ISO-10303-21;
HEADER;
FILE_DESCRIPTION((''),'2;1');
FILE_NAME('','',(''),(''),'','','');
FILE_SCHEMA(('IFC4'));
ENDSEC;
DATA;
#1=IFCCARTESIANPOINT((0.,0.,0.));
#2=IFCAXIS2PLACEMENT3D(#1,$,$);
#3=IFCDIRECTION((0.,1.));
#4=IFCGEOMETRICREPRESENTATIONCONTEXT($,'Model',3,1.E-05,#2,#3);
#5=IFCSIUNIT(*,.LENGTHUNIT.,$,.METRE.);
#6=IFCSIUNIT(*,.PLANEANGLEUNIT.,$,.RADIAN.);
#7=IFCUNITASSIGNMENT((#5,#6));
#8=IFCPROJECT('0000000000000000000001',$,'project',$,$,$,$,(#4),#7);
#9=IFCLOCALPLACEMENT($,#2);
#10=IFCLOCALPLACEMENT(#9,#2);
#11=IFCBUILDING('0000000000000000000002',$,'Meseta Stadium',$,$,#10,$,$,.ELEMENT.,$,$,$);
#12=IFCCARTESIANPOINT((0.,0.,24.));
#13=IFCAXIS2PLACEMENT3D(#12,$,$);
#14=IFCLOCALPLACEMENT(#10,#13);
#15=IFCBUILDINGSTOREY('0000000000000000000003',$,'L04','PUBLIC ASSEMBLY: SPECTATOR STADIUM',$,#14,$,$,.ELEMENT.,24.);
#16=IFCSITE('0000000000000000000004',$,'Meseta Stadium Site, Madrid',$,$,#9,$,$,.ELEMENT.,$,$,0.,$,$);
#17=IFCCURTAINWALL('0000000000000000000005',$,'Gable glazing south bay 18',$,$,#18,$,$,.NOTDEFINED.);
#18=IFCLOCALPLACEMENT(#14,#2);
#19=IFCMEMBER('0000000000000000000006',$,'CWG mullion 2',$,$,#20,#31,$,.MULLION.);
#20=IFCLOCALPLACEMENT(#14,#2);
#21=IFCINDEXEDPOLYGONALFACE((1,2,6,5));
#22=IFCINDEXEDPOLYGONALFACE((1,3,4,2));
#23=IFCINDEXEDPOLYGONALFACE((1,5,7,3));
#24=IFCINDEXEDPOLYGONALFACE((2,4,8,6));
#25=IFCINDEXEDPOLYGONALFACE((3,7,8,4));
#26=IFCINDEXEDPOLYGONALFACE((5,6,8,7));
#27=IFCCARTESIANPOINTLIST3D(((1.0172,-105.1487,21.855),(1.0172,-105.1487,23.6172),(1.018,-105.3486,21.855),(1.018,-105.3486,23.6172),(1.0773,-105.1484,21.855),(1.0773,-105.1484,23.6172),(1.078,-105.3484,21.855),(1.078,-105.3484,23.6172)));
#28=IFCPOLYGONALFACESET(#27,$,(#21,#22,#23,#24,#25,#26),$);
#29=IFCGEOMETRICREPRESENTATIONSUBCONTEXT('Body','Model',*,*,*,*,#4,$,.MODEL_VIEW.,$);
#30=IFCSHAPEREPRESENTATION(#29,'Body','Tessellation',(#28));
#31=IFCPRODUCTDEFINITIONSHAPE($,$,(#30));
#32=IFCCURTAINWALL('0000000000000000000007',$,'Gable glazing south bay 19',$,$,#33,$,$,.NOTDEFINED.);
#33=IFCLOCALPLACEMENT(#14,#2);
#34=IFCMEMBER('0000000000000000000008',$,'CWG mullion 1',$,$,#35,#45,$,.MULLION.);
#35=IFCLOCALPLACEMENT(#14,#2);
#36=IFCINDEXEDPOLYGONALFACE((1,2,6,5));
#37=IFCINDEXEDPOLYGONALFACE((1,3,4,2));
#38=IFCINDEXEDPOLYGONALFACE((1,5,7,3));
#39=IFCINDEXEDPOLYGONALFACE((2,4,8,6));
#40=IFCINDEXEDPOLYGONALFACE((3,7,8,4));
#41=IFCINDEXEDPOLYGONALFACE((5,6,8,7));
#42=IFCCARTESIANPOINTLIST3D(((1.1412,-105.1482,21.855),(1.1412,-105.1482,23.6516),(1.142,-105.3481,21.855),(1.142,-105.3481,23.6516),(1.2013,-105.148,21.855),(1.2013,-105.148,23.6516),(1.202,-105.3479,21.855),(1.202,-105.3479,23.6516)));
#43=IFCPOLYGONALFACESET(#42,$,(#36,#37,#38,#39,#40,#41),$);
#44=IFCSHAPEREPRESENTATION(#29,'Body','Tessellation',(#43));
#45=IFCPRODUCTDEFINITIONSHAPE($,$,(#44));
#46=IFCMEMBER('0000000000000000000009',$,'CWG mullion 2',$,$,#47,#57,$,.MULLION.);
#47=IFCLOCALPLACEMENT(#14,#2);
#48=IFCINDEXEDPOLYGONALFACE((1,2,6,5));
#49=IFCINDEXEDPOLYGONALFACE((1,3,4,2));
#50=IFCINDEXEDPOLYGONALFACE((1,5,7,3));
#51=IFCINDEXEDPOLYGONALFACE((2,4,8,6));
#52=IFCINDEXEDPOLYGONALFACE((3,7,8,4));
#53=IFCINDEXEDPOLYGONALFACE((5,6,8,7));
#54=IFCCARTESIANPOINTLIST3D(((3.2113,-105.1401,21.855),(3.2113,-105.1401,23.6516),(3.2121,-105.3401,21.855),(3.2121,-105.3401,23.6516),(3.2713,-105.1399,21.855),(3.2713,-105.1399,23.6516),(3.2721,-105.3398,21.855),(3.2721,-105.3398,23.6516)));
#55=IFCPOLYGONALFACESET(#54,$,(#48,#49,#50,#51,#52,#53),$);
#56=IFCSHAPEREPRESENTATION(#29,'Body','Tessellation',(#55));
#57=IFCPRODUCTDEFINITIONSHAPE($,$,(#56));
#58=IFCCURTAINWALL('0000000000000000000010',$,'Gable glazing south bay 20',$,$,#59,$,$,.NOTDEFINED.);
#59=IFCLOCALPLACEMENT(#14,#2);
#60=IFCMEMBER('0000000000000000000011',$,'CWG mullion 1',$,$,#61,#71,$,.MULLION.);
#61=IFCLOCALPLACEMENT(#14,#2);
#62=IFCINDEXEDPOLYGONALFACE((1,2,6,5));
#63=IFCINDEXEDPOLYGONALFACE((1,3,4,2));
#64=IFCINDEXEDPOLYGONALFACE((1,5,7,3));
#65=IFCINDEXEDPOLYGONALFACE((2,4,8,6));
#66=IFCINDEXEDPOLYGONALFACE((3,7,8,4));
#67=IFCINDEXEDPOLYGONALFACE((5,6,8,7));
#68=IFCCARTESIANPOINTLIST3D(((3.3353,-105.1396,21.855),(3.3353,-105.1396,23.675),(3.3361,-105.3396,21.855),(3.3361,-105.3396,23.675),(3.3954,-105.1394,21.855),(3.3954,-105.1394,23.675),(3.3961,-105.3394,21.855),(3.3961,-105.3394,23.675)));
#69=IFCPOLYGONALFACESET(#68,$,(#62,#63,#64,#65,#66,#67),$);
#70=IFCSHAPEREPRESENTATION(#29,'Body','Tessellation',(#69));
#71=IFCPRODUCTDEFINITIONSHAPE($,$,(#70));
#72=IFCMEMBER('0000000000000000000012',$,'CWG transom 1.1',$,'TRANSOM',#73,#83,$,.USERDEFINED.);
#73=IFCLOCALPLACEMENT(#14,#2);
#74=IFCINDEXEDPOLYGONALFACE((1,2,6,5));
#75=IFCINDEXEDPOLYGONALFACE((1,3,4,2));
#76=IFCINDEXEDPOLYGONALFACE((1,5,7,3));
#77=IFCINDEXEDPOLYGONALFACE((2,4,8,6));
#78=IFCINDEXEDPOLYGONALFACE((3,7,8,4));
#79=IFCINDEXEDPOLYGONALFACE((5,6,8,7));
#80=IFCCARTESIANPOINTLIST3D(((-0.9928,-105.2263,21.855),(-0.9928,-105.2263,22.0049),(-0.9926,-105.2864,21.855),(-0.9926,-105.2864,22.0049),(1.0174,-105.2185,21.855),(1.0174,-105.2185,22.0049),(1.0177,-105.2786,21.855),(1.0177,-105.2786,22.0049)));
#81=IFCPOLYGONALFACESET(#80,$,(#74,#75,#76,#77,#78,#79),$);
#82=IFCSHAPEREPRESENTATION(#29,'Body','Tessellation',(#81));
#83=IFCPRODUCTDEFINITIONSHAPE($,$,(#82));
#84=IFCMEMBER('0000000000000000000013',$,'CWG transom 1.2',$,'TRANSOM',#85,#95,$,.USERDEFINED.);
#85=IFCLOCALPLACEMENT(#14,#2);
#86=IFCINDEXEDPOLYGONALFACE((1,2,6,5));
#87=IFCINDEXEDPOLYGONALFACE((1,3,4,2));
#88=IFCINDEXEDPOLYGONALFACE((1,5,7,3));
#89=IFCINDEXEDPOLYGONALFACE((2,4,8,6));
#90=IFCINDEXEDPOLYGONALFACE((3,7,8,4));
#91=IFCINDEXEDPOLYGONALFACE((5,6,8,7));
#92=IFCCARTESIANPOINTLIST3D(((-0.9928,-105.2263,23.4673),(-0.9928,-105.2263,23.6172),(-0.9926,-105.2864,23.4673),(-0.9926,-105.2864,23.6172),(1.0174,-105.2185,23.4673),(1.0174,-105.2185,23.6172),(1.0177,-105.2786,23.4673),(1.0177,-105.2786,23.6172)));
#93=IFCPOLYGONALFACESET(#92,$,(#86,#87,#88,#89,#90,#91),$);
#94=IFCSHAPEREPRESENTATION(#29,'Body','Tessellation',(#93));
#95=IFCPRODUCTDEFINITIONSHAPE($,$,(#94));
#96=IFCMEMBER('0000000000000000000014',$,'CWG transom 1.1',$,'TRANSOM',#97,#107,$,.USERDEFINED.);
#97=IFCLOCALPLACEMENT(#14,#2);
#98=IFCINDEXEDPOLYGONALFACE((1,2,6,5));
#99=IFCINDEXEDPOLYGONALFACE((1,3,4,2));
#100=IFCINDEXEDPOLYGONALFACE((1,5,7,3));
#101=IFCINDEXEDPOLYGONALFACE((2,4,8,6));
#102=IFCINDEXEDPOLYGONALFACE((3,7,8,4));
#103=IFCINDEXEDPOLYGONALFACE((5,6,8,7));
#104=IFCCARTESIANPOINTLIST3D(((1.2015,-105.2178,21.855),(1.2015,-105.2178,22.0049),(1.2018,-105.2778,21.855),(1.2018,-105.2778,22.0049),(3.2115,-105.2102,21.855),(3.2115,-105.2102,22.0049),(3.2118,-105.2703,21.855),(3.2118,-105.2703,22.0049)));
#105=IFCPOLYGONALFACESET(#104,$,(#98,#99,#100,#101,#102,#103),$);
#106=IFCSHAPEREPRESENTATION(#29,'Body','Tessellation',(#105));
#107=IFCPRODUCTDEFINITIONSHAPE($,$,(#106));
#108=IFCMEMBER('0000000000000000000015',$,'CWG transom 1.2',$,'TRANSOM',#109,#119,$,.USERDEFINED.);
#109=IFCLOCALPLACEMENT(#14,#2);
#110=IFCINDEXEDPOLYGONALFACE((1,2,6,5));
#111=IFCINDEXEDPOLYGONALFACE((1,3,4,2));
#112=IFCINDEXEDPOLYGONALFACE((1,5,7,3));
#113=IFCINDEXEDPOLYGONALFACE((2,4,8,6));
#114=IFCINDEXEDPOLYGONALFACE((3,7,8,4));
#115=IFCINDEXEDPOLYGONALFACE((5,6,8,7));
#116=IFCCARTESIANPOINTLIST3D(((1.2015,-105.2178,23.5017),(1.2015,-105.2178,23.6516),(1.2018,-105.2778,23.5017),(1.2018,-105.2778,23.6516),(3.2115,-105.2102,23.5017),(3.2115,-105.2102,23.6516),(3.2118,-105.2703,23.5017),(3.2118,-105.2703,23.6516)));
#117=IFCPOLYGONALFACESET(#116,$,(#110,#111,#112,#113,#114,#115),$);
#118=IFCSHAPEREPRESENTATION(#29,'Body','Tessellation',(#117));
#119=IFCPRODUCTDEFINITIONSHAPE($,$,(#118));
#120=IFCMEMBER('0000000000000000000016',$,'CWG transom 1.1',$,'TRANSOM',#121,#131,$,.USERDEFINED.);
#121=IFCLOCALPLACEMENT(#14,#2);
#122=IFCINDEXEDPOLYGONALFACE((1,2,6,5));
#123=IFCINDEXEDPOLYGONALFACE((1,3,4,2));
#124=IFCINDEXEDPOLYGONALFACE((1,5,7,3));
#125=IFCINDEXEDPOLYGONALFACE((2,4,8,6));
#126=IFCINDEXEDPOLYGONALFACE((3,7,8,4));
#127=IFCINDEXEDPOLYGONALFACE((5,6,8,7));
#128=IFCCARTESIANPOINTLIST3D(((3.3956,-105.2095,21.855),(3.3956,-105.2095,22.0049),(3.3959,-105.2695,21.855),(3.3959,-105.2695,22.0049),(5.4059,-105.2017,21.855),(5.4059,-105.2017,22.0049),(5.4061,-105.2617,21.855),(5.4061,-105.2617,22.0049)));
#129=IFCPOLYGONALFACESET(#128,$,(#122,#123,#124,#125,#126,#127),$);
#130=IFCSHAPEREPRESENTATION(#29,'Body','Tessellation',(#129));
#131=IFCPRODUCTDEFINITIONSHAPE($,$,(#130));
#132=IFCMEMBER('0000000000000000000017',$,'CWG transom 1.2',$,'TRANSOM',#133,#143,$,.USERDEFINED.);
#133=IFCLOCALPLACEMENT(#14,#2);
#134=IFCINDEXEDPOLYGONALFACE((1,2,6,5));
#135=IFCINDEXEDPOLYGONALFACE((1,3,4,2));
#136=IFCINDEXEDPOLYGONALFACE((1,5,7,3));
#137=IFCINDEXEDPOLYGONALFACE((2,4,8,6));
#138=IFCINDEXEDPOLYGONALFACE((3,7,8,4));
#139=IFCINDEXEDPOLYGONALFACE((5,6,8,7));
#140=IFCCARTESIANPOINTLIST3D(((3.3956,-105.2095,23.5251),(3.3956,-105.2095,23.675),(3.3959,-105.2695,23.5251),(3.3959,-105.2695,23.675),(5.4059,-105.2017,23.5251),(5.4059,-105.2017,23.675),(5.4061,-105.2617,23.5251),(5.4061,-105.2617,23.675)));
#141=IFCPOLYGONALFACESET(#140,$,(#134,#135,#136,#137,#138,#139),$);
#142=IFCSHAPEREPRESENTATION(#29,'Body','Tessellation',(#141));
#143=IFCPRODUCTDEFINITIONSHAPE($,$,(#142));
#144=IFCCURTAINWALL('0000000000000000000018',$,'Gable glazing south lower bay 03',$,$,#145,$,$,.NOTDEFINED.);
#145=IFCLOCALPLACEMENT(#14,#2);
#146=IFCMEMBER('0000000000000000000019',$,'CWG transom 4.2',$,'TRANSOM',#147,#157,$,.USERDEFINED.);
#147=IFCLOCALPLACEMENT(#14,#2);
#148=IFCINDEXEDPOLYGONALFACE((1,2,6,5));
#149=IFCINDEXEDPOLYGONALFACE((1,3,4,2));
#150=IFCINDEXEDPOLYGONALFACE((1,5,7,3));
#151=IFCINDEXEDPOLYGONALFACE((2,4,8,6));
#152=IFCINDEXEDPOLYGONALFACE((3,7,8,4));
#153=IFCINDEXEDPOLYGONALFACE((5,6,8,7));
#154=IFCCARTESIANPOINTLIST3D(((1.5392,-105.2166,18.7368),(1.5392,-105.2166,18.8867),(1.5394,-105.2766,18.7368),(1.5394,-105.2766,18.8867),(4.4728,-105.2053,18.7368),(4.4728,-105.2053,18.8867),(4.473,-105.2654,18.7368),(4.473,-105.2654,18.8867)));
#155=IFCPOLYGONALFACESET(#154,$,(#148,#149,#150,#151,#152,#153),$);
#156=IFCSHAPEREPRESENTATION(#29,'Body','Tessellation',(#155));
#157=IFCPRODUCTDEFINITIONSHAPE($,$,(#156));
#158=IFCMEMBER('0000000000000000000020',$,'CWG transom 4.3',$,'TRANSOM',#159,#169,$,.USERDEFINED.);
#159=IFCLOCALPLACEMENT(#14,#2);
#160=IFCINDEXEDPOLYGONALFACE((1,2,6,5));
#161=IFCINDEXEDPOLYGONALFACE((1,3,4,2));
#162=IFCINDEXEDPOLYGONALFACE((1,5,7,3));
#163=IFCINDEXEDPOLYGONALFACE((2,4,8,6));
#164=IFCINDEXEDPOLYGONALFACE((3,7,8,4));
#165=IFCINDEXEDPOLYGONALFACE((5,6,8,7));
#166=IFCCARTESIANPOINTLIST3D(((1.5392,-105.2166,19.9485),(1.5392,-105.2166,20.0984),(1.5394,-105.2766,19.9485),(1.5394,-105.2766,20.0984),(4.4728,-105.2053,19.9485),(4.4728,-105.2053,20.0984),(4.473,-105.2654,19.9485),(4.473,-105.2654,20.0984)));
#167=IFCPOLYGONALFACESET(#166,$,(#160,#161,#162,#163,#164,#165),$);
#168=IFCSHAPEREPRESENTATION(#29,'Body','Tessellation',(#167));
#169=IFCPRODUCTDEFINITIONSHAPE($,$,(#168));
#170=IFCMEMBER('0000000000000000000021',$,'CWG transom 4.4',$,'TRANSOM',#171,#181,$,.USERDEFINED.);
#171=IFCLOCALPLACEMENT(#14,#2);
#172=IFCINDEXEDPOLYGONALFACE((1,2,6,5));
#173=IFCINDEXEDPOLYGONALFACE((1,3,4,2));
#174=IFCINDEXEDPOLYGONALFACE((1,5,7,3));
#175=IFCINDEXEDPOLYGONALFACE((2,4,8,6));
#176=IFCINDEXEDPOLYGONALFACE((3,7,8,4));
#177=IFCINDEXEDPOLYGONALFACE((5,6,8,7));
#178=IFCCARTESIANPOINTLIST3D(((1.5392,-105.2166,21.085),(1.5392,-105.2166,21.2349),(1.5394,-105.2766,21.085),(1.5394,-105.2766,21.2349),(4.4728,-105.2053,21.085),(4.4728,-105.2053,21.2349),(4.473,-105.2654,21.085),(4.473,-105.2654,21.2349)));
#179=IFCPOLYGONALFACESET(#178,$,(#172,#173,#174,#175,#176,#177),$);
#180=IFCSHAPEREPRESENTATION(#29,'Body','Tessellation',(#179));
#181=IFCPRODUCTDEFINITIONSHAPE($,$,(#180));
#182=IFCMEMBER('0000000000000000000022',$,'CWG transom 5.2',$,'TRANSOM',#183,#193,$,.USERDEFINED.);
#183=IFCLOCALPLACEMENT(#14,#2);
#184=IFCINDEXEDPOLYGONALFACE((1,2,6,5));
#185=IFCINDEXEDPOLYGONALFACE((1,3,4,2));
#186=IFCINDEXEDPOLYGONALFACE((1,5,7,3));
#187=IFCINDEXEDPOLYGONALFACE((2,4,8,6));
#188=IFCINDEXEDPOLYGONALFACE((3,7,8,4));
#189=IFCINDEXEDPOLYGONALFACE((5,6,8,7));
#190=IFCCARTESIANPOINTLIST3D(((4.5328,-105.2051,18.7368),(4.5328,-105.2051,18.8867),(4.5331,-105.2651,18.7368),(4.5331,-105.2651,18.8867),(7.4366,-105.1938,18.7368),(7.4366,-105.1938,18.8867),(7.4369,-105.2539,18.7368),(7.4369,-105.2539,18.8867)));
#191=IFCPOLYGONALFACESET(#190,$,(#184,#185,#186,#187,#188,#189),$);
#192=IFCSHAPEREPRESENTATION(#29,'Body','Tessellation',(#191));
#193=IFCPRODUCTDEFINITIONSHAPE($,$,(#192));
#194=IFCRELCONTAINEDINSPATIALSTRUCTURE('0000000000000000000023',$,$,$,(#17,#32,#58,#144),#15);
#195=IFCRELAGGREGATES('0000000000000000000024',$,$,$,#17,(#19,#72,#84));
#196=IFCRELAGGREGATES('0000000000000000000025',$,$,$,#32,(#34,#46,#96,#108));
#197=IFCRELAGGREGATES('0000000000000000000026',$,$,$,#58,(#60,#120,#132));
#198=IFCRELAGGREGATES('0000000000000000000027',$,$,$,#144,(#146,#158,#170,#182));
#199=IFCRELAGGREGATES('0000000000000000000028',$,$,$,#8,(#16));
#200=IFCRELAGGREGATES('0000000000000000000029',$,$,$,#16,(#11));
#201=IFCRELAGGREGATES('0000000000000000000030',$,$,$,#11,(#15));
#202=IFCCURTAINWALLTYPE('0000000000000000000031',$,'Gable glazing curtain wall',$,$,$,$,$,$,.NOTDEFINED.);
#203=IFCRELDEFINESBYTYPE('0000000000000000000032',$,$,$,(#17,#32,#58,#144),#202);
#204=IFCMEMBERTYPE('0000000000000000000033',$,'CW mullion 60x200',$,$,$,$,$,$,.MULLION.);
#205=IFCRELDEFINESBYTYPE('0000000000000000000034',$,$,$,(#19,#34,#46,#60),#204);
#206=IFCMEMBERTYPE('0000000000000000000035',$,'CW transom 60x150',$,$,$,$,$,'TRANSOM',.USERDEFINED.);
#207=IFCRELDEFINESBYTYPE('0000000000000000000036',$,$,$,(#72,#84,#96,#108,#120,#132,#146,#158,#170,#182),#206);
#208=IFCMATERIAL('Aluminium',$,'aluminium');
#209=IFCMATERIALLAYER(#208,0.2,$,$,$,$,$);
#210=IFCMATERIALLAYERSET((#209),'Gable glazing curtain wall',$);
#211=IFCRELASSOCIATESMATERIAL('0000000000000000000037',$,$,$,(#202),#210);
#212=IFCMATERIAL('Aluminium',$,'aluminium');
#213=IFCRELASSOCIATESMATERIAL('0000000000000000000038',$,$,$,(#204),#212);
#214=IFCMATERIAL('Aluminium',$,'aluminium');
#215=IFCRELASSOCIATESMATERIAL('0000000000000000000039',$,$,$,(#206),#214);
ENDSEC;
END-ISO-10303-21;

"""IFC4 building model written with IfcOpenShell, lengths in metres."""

from ifc_helpers import new_model, si_unit, direction, frame, origin, origin_2d, place, context, subcontext, project, spatial, rectangle, extrude, material, layer, layer_set, material_profile, profile_set, type_object, element, aggregate, save


model = new_model("IFC4")

# Units and contexts
model_context = context("Model", 3, precision=1e-05, world=origin(), true_north=direction((0.0, 1.0)))
body_context = subcontext(model_context, "Body", "Model", "MODEL_VIEW")
ifc_project = project(units=[si_unit("LENGTHUNIT", "METRE"), si_unit("PLANEANGLEUNIT", "RADIAN")], contexts=[model_context])

# Site, building, storey
site_placement = place(None, origin())
site = spatial("IfcSite", under=ifc_project, at=site_placement, Name="Meseta Stadium Site, Madrid", CompositionType="ELEMENT", RefElevation=0.0)
building_placement = place(site_placement, origin())
building = spatial("IfcBuilding", under=site, at=building_placement, Name="Meseta Stadium", CompositionType="ELEMENT")
storey_placement = place(building_placement, frame((0.0, 0.0, 24.0)))
storey = spatial("IfcBuildingStorey", under=building, at=storey_placement, Name="L04", Description="PUBLIC ASSEMBLY: SPECTATOR STADIUM", CompositionType="ELEMENT", Elevation=24.0)

# Curtain wall, member
ifc_material_1 = material(Name="Aluminium", Category="aluminium")
ifc_layer_1 = layer(ifc_material_1, 0.2)
ifc_layer_set_1 = layer_set([ifc_layer_1], Name="Gable glazing curtain wall")
curtain_wall_type = type_object("IfcCurtainWallType", Name="Gable glazing curtain wall", PredefinedType="NOTDEFINED", material=ifc_layer_set_1)
curtain_wall_1_placement = place(storey_placement, origin())
curtain_wall_1 = element("IfcCurtainWall", 1, at=curtain_wall_1_placement, inside=storey, type_object=curtain_wall_type, Name="Gable glazing south bay 18", PredefinedType="NOTDEFINED")
ifc_material_2 = material(Name="Aluminium", Category="aluminium")
ifc_material_profile_1 = material_profile(ifc_material_2, rectangle(XDim=0.2, YDim=0.0601, at=origin_2d()), Name="CW 200x60")
ifc_profile_set_1 = profile_set([ifc_material_profile_1], Name="Aluminium")
member_type_1 = type_object("IfcMemberType", Name="CW mullion 60x200", PredefinedType="MULLION", material=ifc_profile_set_1)
member_1_placement = place(storey_placement, frame((1.0476, -105.2485, 21.855), z_axis=(0.0, 0.0, 1.0), x_axis=(-0.003848, 0.999993, 0.0)))
member_1 = element("IfcMember", 2, at=member_1_placement, type_object=member_type_1, Name="CWG mullion 2", PredefinedType="MULLION", context=body_context, shape_type="SweptSolid", body=[
    extrude(rectangle(XDim=0.2, YDim=0.0601, at=origin_2d()), origin(), (0.0, 0.0, 1.0), 1.7622),
])

# Curtain wall, members
curtain_wall_2_placement = place(storey_placement, origin())
curtain_wall_2 = element("IfcCurtainWall", 3, at=curtain_wall_2_placement, inside=storey, type_object=curtain_wall_type, Name="Gable glazing south bay 19", PredefinedType="NOTDEFINED")
member_2_placement = place(storey_placement, frame((1.1716, -105.248, 21.855), z_axis=(0.0, 0.0, 1.0), x_axis=(-0.003848, 0.999993, 0.0)))
member_2 = element("IfcMember", 4, at=member_2_placement, type_object=member_type_1, Name="CWG mullion 1", PredefinedType="MULLION", context=body_context, shape_type="SweptSolid", body=[
    extrude(rectangle(XDim=0.2, YDim=0.0601, at=origin_2d()), origin(), (0.0, 0.0, 1.0), 1.7966),
])
member_3_placement = place(storey_placement, frame((3.2417, -105.24, 21.855), z_axis=(0.0, 0.0, 1.0), x_axis=(-0.003848, 0.999993, 0.0)))
member_3 = element("IfcMember", 5, at=member_3_placement, type_object=member_type_1, Name="CWG mullion 2", PredefinedType="MULLION", context=body_context, shape_type="SweptSolid", body=[
    extrude(rectangle(XDim=0.2, YDim=0.0601, at=origin_2d()), origin(), (0.0, 0.0, 1.0), 1.7966),
])

# Curtain wall, member
curtain_wall_3_placement = place(storey_placement, origin())
curtain_wall_3 = element("IfcCurtainWall", 6, at=curtain_wall_3_placement, inside=storey, type_object=curtain_wall_type, Name="Gable glazing south bay 20", PredefinedType="NOTDEFINED")
member_4_placement = place(storey_placement, frame((3.3657, -105.2395, 21.855), z_axis=(0.0, 0.0, 1.0), x_axis=(-0.003848, 0.999993, 0.0)))
member_4 = element("IfcMember", 7, at=member_4_placement, type_object=member_type_1, Name="CWG mullion 1", PredefinedType="MULLION", context=body_context, shape_type="SweptSolid", body=[
    extrude(rectangle(XDim=0.2, YDim=0.0601, at=origin_2d()), origin(), (0.0, 0.0, 1.0), 1.8201),
])

# Members
ifc_material_3 = material(Name="Aluminium", Category="aluminium")
ifc_material_profile_2 = material_profile(ifc_material_3, rectangle(XDim=0.0601, YDim=0.1499, at=origin_2d()), Name="CW 60x150")
ifc_profile_set_2 = profile_set([ifc_material_profile_2], Name="Aluminium")
member_type_2 = type_object("IfcMemberType", Name="CW transom 60x150", ElementType="TRANSOM", PredefinedType="USERDEFINED", material=ifc_profile_set_2)
member_5_placement = place(storey_placement, frame((-0.9927, -105.2563, 21.9299), z_axis=(0.999992, 0.003886, 0.0), x_axis=(-0.003886, 0.999992, 0.0)))
member_5 = element("IfcMember", 8, at=member_5_placement, type_object=member_type_2, Name="CWG transom 1.1", ObjectType="TRANSOM", PredefinedType="USERDEFINED", context=body_context, shape_type="SweptSolid", body=[
    extrude(rectangle(XDim=0.0601, YDim=0.1499, at=origin_2d()), origin(), (0.0, 0.0, 1.0), 2.0103),
])
member_6_placement = place(storey_placement, frame((-0.9927, -105.2563, 23.5422), z_axis=(0.999992, 0.003886, 0.0), x_axis=(-0.003886, 0.999992, 0.0)))
member_6 = element("IfcMember", 9, at=member_6_placement, type_object=member_type_2, Name="CWG transom 1.2", ObjectType="TRANSOM", PredefinedType="USERDEFINED", context=body_context, shape_type="SweptSolid", body=[
    extrude(rectangle(XDim=0.0601, YDim=0.1499, at=origin_2d()), origin(), (0.0, 0.0, 1.0), 2.0103),
])
member_7_placement = place(storey_placement, frame((1.2017, -105.2478, 21.9299), z_axis=(0.999993, 0.003765, 0.0), x_axis=(-0.003765, 0.999993, 0.0)))
member_7 = element("IfcMember", 10, at=member_7_placement, type_object=member_type_2, Name="CWG transom 1.1", ObjectType="TRANSOM", PredefinedType="USERDEFINED", context=body_context, shape_type="SweptSolid", body=[
    extrude(rectangle(XDim=0.0601, YDim=0.1499, at=origin_2d()), origin(), (0.0, 0.0, 1.0), 2.01),
])
member_8_placement = place(storey_placement, frame((1.2017, -105.2478, 23.5767), z_axis=(0.999993, 0.003765, 0.0), x_axis=(-0.003765, 0.999993, 0.0)))
member_8 = element("IfcMember", 11, at=member_8_placement, type_object=member_type_2, Name="CWG transom 1.2", ObjectType="TRANSOM", PredefinedType="USERDEFINED", context=body_context, shape_type="SweptSolid", body=[
    extrude(rectangle(XDim=0.0601, YDim=0.1499, at=origin_2d()), origin(), (0.0, 0.0, 1.0), 2.01),
])
member_9_placement = place(storey_placement, frame((3.3958, -105.2395, 21.9299), z_axis=(0.999992, 0.003886, 0.0), x_axis=(-0.003886, 0.999992, 0.0)))
member_9 = element("IfcMember", 12, at=member_9_placement, type_object=member_type_2, Name="CWG transom 1.1", ObjectType="TRANSOM", PredefinedType="USERDEFINED", context=body_context, shape_type="SweptSolid", body=[
    extrude(rectangle(XDim=0.0601, YDim=0.1499, at=origin_2d()), origin(), (0.0, 0.0, 1.0), 2.0103),
])
member_10_placement = place(storey_placement, frame((3.3958, -105.2395, 23.6001), z_axis=(0.999992, 0.003886, 0.0), x_axis=(-0.003886, 0.999992, 0.0)))
member_10 = element("IfcMember", 13, at=member_10_placement, type_object=member_type_2, Name="CWG transom 1.2", ObjectType="TRANSOM", PredefinedType="USERDEFINED", context=body_context, shape_type="SweptSolid", body=[
    extrude(rectangle(XDim=0.0601, YDim=0.1499, at=origin_2d()), origin(), (0.0, 0.0, 1.0), 2.0103),
])

# Curtain wall, members
curtain_wall_4_placement = place(storey_placement, origin())
curtain_wall_4 = element("IfcCurtainWall", 14, at=curtain_wall_4_placement, inside=storey, type_object=curtain_wall_type, Name="Gable glazing south lower bay 03", PredefinedType="NOTDEFINED")
member_11_placement = place(storey_placement, frame((1.5393, -105.2466, 18.8118), z_axis=(0.999993, 0.003828, 0.0), x_axis=(-0.003828, 0.999993, 0.0)))
member_11 = element("IfcMember", 15, at=member_11_placement, type_object=member_type_2, Name="CWG transom 4.2", ObjectType="TRANSOM", PredefinedType="USERDEFINED", context=body_context, shape_type="SweptSolid", body=[
    extrude(rectangle(XDim=0.0601, YDim=0.1499, at=origin_2d()), origin(), (0.0, 0.0, 1.0), 2.9336),
])
member_12_placement = place(storey_placement, frame((1.5393, -105.2466, 20.0234), z_axis=(0.999993, 0.003828, 0.0), x_axis=(-0.003828, 0.999993, 0.0)))
member_12 = element("IfcMember", 16, at=member_12_placement, type_object=member_type_2, Name="CWG transom 4.3", ObjectType="TRANSOM", PredefinedType="USERDEFINED", context=body_context, shape_type="SweptSolid", body=[
    extrude(rectangle(XDim=0.0601, YDim=0.1499, at=origin_2d()), origin(), (0.0, 0.0, 1.0), 2.9336),
])
member_13_placement = place(storey_placement, frame((1.5393, -105.2466, 21.1599), z_axis=(0.999993, 0.003828, 0.0), x_axis=(-0.003828, 0.999993, 0.0)))
member_13 = element("IfcMember", 17, at=member_13_placement, type_object=member_type_2, Name="CWG transom 4.4", ObjectType="TRANSOM", PredefinedType="USERDEFINED", context=body_context, shape_type="SweptSolid", body=[
    extrude(rectangle(XDim=0.0601, YDim=0.1499, at=origin_2d()), origin(), (0.0, 0.0, 1.0), 2.9336),
])
member_14_placement = place(storey_placement, frame((4.533, -105.2351, 18.8118), z_axis=(0.999993, 0.003867, 0.0), x_axis=(-0.003867, 0.999993, 0.0)))
member_14 = element("IfcMember", 18, at=member_14_placement, type_object=member_type_2, Name="CWG transom 5.2", ObjectType="TRANSOM", PredefinedType="USERDEFINED", context=body_context, shape_type="SweptSolid", body=[
    extrude(rectangle(XDim=0.0601, YDim=0.1499, at=origin_2d()), origin(), (0.0, 0.0, 1.0), 2.9038),
])

aggregate(curtain_wall_1, [member_1, member_5, member_6])
aggregate(curtain_wall_2, [member_2, member_3, member_7, member_8])
aggregate(curtain_wall_3, [member_4, member_9, member_10])
aggregate(curtain_wall_4, [member_11, member_12, member_13, member_14])

save(model, "model.ifc")
